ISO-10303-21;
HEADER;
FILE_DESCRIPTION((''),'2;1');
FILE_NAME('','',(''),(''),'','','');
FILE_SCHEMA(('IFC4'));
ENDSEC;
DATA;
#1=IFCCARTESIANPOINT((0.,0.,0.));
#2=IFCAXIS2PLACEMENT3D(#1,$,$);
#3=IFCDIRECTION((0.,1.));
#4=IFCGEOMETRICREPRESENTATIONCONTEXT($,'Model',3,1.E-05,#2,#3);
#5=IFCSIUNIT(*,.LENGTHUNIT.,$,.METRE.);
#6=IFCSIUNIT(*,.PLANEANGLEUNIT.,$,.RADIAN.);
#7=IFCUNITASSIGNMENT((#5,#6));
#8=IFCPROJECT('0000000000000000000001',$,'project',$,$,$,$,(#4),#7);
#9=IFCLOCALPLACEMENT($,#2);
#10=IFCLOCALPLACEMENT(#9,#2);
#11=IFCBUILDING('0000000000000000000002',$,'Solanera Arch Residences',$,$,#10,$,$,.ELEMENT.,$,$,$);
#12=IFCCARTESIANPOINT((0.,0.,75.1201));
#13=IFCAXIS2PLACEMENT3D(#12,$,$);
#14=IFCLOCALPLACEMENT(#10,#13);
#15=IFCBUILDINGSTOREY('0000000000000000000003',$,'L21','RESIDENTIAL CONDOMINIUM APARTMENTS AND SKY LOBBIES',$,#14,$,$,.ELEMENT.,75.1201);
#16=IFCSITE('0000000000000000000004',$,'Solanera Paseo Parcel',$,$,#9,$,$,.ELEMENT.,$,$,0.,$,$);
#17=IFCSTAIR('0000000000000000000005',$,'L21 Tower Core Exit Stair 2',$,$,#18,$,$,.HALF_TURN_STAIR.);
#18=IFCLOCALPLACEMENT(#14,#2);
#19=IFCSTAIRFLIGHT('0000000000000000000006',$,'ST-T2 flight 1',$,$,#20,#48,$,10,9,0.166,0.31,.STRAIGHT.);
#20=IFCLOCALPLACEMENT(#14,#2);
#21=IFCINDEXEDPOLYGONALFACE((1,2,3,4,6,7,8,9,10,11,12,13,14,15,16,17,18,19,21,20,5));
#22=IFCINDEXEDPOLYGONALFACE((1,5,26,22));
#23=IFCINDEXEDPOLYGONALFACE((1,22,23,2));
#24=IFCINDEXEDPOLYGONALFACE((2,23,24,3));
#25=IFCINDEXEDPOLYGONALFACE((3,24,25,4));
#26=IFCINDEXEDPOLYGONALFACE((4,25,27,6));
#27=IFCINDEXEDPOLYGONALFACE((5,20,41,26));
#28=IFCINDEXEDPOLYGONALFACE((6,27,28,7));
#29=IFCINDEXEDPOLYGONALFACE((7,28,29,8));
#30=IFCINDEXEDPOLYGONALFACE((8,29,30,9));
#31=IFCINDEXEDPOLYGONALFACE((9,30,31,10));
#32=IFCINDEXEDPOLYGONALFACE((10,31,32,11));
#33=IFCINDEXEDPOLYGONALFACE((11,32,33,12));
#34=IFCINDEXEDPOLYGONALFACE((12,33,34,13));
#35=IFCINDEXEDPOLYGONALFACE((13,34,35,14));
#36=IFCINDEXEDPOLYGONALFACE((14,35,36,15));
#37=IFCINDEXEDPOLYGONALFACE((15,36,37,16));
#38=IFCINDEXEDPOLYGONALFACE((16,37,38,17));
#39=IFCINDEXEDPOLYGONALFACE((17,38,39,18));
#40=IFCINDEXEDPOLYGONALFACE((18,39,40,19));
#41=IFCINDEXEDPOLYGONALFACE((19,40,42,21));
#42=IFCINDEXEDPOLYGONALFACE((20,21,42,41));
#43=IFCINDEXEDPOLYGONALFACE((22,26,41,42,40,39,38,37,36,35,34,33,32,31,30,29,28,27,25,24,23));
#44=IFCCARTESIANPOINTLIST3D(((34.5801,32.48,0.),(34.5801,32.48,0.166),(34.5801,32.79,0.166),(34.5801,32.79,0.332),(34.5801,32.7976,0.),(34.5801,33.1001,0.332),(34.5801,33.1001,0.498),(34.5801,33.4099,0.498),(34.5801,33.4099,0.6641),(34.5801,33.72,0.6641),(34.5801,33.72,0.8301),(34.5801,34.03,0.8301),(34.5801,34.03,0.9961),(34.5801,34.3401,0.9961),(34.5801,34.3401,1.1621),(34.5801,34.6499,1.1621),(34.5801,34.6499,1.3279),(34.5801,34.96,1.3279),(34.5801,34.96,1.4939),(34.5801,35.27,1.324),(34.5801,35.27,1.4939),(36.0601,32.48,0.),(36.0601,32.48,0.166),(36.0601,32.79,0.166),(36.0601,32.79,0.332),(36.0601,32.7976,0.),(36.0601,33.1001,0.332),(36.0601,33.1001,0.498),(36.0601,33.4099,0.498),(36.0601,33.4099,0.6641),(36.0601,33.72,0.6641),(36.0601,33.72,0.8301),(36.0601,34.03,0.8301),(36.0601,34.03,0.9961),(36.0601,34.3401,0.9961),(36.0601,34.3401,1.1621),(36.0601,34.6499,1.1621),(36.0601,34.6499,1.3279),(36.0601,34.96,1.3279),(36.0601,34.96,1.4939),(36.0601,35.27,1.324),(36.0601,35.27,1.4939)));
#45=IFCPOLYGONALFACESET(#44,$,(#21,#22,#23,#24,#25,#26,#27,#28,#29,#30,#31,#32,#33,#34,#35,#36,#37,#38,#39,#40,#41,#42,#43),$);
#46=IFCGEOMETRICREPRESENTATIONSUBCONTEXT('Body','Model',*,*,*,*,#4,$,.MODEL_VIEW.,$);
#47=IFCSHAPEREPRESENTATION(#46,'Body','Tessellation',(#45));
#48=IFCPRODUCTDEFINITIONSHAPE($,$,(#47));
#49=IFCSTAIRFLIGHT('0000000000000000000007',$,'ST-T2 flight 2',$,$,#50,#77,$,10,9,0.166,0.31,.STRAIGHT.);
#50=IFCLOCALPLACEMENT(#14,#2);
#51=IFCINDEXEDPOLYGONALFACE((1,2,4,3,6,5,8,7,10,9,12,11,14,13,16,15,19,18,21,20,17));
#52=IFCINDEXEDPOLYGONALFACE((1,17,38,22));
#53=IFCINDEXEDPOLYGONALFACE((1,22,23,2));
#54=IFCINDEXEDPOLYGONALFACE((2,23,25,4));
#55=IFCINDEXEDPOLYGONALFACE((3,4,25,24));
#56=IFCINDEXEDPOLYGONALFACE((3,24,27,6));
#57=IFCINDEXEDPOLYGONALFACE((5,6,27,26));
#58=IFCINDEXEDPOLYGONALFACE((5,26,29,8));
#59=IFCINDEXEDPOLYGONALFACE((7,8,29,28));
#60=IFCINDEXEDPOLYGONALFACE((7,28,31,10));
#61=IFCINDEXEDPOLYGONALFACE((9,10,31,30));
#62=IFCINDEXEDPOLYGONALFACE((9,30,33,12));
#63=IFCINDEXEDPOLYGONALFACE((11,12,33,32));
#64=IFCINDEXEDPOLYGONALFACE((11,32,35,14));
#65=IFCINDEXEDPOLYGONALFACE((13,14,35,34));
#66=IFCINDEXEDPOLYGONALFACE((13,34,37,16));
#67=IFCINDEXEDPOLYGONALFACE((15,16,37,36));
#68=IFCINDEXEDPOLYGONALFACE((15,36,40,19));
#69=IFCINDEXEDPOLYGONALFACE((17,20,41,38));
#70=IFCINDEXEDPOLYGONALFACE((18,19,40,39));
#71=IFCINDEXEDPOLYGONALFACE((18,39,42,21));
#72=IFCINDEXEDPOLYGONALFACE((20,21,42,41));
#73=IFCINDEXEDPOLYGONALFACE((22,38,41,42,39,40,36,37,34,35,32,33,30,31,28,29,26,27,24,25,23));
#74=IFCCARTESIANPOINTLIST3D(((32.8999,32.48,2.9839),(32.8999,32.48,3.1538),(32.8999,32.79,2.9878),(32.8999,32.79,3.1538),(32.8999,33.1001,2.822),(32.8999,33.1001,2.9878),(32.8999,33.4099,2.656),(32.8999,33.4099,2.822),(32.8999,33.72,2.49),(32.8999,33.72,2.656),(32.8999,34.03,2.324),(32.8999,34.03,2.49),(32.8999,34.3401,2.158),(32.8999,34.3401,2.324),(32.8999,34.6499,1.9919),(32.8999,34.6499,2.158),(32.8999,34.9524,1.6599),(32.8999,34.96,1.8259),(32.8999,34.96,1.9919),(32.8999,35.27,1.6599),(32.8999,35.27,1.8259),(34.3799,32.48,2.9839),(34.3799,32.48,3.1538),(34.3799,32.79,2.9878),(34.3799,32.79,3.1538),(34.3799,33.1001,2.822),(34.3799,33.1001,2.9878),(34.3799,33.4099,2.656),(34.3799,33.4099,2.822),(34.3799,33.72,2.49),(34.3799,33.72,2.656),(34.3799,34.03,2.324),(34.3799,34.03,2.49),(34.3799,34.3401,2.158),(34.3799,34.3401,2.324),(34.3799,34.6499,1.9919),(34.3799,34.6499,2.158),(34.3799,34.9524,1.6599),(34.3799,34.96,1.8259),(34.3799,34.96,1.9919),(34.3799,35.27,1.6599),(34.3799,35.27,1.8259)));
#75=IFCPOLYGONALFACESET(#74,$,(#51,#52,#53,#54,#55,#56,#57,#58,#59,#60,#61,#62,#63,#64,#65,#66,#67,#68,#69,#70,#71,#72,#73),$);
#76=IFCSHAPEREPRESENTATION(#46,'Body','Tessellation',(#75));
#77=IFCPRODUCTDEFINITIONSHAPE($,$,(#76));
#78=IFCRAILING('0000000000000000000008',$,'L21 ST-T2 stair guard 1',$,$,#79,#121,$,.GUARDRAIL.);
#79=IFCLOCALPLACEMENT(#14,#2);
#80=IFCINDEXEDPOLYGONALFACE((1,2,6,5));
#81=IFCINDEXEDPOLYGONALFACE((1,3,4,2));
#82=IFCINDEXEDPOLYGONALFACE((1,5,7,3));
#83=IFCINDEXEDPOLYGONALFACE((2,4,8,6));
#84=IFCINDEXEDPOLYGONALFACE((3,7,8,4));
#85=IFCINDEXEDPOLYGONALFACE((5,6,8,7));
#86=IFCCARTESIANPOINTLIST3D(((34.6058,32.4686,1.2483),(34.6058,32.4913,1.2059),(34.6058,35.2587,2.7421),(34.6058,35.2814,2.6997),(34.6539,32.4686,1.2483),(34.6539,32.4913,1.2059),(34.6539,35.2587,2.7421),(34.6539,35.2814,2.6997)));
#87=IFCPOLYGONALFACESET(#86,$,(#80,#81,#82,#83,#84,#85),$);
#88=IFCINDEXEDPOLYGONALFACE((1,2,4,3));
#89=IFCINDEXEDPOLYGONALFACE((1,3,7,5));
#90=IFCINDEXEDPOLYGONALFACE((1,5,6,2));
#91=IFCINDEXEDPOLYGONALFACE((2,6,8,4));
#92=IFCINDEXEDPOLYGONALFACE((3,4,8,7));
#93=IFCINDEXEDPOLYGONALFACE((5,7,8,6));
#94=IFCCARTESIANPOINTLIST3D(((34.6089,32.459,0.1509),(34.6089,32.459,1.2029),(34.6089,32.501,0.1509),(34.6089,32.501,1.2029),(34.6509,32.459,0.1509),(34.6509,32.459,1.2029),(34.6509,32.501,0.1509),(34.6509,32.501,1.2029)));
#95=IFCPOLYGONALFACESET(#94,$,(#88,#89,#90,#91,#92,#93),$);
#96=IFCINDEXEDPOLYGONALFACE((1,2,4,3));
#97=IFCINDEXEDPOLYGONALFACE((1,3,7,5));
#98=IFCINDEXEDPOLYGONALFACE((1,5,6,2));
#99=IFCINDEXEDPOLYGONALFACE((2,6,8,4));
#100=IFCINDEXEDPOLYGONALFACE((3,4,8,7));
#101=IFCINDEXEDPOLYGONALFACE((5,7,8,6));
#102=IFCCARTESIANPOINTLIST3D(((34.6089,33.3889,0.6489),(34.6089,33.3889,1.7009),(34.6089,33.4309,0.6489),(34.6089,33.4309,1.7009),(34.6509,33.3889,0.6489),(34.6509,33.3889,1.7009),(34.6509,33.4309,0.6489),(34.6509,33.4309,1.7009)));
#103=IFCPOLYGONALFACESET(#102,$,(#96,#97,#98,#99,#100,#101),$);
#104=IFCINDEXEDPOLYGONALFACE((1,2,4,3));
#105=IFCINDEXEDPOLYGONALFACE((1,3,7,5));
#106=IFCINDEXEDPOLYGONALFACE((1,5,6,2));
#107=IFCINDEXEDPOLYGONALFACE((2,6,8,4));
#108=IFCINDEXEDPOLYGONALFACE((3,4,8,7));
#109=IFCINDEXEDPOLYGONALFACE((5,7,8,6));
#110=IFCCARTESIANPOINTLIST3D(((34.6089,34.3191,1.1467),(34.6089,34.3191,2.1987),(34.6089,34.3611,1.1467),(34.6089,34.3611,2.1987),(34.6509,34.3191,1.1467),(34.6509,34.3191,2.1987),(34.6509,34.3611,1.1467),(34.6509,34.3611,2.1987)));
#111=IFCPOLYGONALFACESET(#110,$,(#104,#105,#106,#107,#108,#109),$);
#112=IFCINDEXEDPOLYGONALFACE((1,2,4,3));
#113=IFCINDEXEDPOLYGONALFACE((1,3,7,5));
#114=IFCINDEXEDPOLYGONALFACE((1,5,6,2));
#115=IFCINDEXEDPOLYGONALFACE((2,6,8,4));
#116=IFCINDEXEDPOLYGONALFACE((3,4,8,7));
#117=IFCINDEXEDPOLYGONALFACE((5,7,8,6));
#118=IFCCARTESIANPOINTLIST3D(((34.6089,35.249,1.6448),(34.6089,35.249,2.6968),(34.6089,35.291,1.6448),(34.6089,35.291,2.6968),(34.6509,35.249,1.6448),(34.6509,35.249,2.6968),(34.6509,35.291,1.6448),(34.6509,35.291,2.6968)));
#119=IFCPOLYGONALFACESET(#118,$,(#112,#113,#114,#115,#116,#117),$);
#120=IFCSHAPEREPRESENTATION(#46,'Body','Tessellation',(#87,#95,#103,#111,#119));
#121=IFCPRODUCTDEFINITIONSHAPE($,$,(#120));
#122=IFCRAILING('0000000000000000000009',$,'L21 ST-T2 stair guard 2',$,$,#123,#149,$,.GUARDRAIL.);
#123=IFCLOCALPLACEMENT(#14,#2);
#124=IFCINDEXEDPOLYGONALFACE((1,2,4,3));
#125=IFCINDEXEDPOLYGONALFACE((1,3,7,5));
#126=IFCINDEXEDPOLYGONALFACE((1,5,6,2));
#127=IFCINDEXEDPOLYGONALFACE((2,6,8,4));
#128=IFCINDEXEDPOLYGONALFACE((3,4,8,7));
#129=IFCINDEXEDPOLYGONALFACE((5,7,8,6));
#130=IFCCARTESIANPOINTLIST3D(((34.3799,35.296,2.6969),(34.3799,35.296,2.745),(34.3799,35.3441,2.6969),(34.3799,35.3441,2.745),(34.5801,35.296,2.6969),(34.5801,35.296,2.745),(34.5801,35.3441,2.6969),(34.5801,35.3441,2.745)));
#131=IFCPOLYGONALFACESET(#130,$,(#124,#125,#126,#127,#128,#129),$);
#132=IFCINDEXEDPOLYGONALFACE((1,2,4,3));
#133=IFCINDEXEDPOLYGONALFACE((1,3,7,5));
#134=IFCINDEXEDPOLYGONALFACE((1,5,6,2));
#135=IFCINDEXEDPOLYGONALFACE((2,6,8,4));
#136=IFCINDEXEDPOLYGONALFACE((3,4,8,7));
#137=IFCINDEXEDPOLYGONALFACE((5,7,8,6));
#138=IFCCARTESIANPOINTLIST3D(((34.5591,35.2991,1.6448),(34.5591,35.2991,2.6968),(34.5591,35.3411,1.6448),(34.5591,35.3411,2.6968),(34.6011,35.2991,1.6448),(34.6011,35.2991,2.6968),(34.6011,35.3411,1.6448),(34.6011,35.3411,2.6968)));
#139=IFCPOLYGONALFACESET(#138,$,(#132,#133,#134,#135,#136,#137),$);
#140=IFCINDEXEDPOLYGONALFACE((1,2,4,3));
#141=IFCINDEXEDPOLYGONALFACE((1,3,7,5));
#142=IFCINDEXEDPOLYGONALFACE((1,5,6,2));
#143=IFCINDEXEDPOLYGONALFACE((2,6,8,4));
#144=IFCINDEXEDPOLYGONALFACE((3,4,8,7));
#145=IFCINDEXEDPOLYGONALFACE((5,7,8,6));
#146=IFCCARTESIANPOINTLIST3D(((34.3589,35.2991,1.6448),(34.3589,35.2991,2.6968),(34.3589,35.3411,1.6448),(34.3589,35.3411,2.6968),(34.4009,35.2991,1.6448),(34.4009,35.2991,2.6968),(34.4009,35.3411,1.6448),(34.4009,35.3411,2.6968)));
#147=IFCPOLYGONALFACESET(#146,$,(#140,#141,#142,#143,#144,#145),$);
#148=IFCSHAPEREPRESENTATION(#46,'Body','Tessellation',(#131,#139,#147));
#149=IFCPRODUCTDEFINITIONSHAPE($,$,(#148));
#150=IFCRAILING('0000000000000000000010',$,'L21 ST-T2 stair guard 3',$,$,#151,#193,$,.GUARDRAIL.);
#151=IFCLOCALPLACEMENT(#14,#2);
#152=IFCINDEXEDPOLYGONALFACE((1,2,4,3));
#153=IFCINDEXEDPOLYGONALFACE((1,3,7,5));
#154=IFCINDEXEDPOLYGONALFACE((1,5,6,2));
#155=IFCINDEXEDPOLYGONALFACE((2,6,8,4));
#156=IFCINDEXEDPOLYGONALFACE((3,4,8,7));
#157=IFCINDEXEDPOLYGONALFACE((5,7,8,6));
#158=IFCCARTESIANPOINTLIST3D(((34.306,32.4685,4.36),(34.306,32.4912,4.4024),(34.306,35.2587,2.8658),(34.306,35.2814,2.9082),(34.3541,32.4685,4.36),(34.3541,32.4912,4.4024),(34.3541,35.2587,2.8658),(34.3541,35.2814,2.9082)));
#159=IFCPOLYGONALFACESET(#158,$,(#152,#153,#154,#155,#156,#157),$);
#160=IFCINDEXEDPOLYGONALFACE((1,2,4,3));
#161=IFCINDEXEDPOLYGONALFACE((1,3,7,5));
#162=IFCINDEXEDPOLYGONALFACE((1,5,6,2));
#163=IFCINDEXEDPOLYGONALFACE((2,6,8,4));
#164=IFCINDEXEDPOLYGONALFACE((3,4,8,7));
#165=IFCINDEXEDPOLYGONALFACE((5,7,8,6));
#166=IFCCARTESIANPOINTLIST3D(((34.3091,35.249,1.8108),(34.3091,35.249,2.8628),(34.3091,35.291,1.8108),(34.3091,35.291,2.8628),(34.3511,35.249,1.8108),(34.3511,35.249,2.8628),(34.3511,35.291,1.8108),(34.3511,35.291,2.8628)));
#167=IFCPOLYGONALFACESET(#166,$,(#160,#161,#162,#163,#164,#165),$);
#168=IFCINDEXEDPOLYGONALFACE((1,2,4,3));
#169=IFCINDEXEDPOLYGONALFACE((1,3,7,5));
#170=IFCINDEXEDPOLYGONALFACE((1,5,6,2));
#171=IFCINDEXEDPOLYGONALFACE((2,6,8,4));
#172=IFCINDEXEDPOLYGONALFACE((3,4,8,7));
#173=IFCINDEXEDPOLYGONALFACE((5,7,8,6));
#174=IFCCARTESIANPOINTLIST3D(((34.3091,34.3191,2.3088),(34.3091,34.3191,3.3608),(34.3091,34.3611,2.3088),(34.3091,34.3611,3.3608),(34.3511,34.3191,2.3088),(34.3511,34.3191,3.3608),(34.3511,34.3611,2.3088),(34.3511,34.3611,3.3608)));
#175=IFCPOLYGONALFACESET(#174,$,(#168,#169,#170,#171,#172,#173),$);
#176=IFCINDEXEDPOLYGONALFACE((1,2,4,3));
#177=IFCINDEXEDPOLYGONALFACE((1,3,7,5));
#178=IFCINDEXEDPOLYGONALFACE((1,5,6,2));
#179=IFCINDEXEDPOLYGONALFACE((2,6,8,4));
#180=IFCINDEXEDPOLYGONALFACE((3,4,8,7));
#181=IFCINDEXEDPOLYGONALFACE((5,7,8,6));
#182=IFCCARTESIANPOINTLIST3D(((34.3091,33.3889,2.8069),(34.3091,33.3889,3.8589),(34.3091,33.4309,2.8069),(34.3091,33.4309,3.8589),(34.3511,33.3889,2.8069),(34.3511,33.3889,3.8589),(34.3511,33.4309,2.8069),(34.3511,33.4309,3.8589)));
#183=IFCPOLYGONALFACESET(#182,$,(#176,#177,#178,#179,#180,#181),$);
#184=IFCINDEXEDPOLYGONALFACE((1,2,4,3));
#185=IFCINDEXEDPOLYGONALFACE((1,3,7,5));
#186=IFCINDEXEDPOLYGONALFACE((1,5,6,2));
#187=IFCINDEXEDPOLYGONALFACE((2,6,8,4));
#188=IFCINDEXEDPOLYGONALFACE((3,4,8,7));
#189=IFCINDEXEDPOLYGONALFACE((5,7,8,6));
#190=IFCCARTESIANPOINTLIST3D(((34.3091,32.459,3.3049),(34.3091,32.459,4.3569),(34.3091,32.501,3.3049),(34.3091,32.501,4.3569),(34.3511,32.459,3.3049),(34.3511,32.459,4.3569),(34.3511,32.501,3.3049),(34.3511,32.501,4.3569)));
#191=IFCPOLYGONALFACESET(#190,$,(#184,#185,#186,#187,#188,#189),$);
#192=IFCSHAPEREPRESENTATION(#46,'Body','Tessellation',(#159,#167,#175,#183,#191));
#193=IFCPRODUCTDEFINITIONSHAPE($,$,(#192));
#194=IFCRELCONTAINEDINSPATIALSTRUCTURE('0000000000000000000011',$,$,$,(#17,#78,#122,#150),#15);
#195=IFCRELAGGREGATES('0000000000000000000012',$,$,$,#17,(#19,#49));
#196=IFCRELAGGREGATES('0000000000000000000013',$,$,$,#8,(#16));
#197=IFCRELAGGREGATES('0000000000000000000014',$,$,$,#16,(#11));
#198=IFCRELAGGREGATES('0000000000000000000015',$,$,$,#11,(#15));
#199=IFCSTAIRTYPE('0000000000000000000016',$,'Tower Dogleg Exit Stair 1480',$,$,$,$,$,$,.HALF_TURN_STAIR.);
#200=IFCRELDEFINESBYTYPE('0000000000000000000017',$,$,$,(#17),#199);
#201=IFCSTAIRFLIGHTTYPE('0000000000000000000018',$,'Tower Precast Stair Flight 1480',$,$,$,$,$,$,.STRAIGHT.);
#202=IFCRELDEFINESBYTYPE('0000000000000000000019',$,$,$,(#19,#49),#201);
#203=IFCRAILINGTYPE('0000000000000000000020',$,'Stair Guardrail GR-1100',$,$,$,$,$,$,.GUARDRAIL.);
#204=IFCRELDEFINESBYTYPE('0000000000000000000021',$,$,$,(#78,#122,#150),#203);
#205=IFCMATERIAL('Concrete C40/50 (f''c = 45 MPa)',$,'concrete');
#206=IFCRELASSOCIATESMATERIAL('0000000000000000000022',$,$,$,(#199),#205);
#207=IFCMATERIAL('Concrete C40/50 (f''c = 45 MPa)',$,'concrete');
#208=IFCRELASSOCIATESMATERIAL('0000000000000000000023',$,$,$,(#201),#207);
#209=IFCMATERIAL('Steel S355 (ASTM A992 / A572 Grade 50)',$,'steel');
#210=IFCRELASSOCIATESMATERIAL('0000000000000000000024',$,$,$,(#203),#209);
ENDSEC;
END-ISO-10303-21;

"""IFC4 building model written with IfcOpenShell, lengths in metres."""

from ifc_helpers import new_model, si_unit, direction, frame, origin, origin_2d, place, context, subcontext, project, spatial, polyline, rectangle, outline, extrude, material, type_object, element, aggregate, save


model = new_model("IFC4")

# Units and contexts
model_context = context("Model", 3, precision=1e-05, world=origin(), true_north=direction((0.0, 1.0)))
body_context = subcontext(model_context, "Body", "Model", "MODEL_VIEW")
ifc_project = project(units=[si_unit("LENGTHUNIT", "METRE"), si_unit("PLANEANGLEUNIT", "RADIAN")], contexts=[model_context])

# Site, building, storey
site_placement = place(None, origin())
site = spatial("IfcSite", under=ifc_project, at=site_placement, Name="Solanera Paseo Parcel", CompositionType="ELEMENT", RefElevation=0.0)
building_placement = place(site_placement, origin())
building = spatial("IfcBuilding", under=site, at=building_placement, Name="Solanera Arch Residences", CompositionType="ELEMENT")
storey_placement = place(building_placement, frame((0.0, 0.0, 75.1201)))
storey = spatial("IfcBuildingStorey", under=building, at=storey_placement, Name="L21", Description="RESIDENTIAL CONDOMINIUM APARTMENTS AND SKY LOBBIES", CompositionType="ELEMENT", Elevation=75.1201)

# Stair, stair flights
ifc_material_1 = material(Name="Concrete C40/50 (f'c = 45 MPa)", Category="concrete")
stair_type = type_object("IfcStairType", Name="Tower Dogleg Exit Stair 1480", PredefinedType="HALF_TURN_STAIR", material=ifc_material_1)
stair_placement = place(storey_placement, origin())
stair = element("IfcStair", 1, at=stair_placement, inside=storey, type_object=stair_type, Name="L21 Tower Core Exit Stair 2", PredefinedType="HALF_TURN_STAIR")
ifc_material_2 = material(Name="Concrete C40/50 (f'c = 45 MPa)", Category="concrete")
stair_flight_type = type_object("IfcStairFlightType", Name="Tower Precast Stair Flight 1480", PredefinedType="STRAIGHT", material=ifc_material_2)
stair_flight_1_placement = place(storey_placement, frame((35.3201, 32.48, 0.0), z_axis=(0.0, 0.0, 1.0), x_axis=(0.0, 1.0, 0.0)))
stair_flight_1 = element("IfcStairFlight", 2, at=stair_flight_1_placement, type_object=stair_flight_type, Name="ST-T2 flight 1", NumberOfRisers=10, NumberOfTreads=9, PredefinedType="STRAIGHT", RiserHeight=0.166, TreadLength=0.31, context=body_context, shape_type="SweptSolid", body=[
    extrude(outline(polyline([(0.0, 0.0), (0.0, 0.166), (0.3101, 0.166), (0.3101, 0.332), (0.6201, 0.332), (0.6201, 0.498), (0.9299, 0.498), (0.9299, 0.6641), (1.24, 0.6641), (1.24, 0.8301), (1.55, 0.8301), (1.55, 0.9961), (1.8601, 0.9961), (1.8601, 1.1621), (2.1699, 1.1621), (2.1699, 1.3279), (2.48, 1.3279), (2.48, 1.4939), (2.79, 1.4939), (2.79, 1.6599), (2.79, 1.324), (0.3176, 0.0), (0.0, 0.0)])), frame((0.0, 0.74, 0.0), z_axis=(0.0, -1.0, 0.0), x_axis=(1.0, 0.0, 0.0)), (0.0, 0.0, 1.0), 1.48),
])
stair_flight_2_placement = place(storey_placement, frame((33.6399, 35.27, 1.6599), z_axis=(0.0, 0.0, 1.0), x_axis=(0.0, -1.0, 0.0)))
stair_flight_2 = element("IfcStairFlight", 3, at=stair_flight_2_placement, type_object=stair_flight_type, Name="ST-T2 flight 2", NumberOfRisers=10, NumberOfTreads=9, PredefinedType="STRAIGHT", RiserHeight=0.166, TreadLength=0.31, context=body_context, shape_type="SweptSolid", body=[
    extrude(outline(polyline([(0.0, 0.0), (0.0, 0.166), (0.3101, 0.166), (0.3101, 0.332), (0.6201, 0.332), (0.6201, 0.498), (0.9299, 0.498), (0.9299, 0.6641), (1.24, 0.6641), (1.24, 0.8301), (1.55, 0.8301), (1.55, 0.9961), (1.8601, 0.9961), (1.8601, 1.1621), (2.1699, 1.1621), (2.1699, 1.3279), (2.48, 1.3279), (2.48, 1.4939), (2.79, 1.4939), (2.79, 1.6599), (2.79, 1.324), (0.3176, 0.0), (0.0, 0.0)])), frame((0.0, 0.74, 0.0), z_axis=(0.0, -1.0, 0.0), x_axis=(1.0, 0.0, 0.0)), (0.0, 0.0, 1.0), 1.48),
])
aggregate(stair, [stair_flight_1, stair_flight_2])

# Railings
ifc_material_3 = material(Name="Steel S355 (ASTM A992 / A572 Grade 50)", Category="steel")
railing_type_1 = type_object("IfcRailingType", Name="Stair Guardrail GR-1100", PredefinedType="GUARDRAIL", material=ifc_material_3)
railing_1_placement = place(storey_placement, frame((34.6299, 32.48, 0.1509)))
element("IfcRailing", 4, at=railing_1_placement, inside=storey, type_object=railing_type_1, Name="L21 ST-T2 stair guard 1", PredefinedType="GUARDRAIL", context=body_context, shape_type="SweptSolid", body=[
    extrude(rectangle(XDim=0.0481, YDim=0.0481, at=origin_2d()), frame((0.0, 0.0, 1.0762), z_axis=(0.0, 0.881581, 0.472033), x_axis=(-1.0, 0.0, 0.0)), (0.0, 0.0, 1.0), 3.1648),
    extrude(rectangle(XDim=0.042, YDim=0.042, at=origin_2d()), origin(), (0.0, 0.0, 1.0), 1.052),
    extrude(rectangle(XDim=0.042, YDim=0.042, at=origin_2d()), frame((0.0, 0.9299, 0.498)), (0.0, 0.0, 1.0), 1.052),
    extrude(rectangle(XDim=0.042, YDim=0.042, at=origin_2d()), frame((0.0, 1.8601, 0.9958)), (0.0, 0.0, 1.0), 1.052),
    extrude(rectangle(XDim=0.042, YDim=0.042, at=origin_2d()), frame((0.0, 2.79, 1.4939)), (0.0, 0.0, 1.0), 1.052),
])
railing_2_placement = place(storey_placement, frame((34.5801, 35.3201, 1.6448)))
element("IfcRailing", 5, at=railing_2_placement, inside=storey, type_object=railing_type_1, Name="L21 ST-T2 stair guard 2", PredefinedType="GUARDRAIL", context=body_context, shape_type="SweptSolid", body=[
    extrude(rectangle(XDim=0.0481, YDim=0.0481, at=origin_2d()), frame((0.0, 0.0, 1.0762), z_axis=(-1.0, 0.0, 0.0), x_axis=(0.0, -1.0, 0.0)), (0.0, 0.0, 1.0), 0.2002),
    extrude(rectangle(XDim=0.042, YDim=0.042, at=origin_2d()), origin(), (0.0, 0.0, 1.0), 1.052),
    extrude(rectangle(XDim=0.042, YDim=0.042, at=origin_2d()), frame((-0.2002, 0.0, 0.0)), (0.0, 0.0, 1.0), 1.052),
])
railing_3_placement = place(storey_placement, frame((34.3301, 35.27, 1.8108)))
element("IfcRailing", 6, at=railing_3_placement, inside=storey, type_object=railing_type_1, Name="L21 ST-T2 stair guard 3", PredefinedType="GUARDRAIL", context=body_context, shape_type="SweptSolid", body=[
    extrude(rectangle(XDim=0.0481, YDim=0.0481, at=origin_2d()), frame((0.0, 0.0, 1.0762), z_axis=(0.0, -0.881549, 0.472093), x_axis=(1.0, 0.0, 0.0)), (0.0, 0.0, 1.0), 3.165),
    extrude(rectangle(XDim=0.042, YDim=0.042, at=origin_2d()), origin(), (0.0, 0.0, 1.0), 1.052),
    extrude(rectangle(XDim=0.042, YDim=0.042, at=origin_2d()), frame((0.0, -0.9299, 0.498)), (0.0, 0.0, 1.0), 1.052),
    extrude(rectangle(XDim=0.042, YDim=0.042, at=origin_2d()), frame((0.0, -1.8601, 0.9961)), (0.0, 0.0, 1.0), 1.052),
    extrude(rectangle(XDim=0.042, YDim=0.042, at=origin_2d()), frame((0.0, -2.79, 1.4941)), (0.0, 0.0, 1.0), 1.052),
])

save(model, "model.ifc")
